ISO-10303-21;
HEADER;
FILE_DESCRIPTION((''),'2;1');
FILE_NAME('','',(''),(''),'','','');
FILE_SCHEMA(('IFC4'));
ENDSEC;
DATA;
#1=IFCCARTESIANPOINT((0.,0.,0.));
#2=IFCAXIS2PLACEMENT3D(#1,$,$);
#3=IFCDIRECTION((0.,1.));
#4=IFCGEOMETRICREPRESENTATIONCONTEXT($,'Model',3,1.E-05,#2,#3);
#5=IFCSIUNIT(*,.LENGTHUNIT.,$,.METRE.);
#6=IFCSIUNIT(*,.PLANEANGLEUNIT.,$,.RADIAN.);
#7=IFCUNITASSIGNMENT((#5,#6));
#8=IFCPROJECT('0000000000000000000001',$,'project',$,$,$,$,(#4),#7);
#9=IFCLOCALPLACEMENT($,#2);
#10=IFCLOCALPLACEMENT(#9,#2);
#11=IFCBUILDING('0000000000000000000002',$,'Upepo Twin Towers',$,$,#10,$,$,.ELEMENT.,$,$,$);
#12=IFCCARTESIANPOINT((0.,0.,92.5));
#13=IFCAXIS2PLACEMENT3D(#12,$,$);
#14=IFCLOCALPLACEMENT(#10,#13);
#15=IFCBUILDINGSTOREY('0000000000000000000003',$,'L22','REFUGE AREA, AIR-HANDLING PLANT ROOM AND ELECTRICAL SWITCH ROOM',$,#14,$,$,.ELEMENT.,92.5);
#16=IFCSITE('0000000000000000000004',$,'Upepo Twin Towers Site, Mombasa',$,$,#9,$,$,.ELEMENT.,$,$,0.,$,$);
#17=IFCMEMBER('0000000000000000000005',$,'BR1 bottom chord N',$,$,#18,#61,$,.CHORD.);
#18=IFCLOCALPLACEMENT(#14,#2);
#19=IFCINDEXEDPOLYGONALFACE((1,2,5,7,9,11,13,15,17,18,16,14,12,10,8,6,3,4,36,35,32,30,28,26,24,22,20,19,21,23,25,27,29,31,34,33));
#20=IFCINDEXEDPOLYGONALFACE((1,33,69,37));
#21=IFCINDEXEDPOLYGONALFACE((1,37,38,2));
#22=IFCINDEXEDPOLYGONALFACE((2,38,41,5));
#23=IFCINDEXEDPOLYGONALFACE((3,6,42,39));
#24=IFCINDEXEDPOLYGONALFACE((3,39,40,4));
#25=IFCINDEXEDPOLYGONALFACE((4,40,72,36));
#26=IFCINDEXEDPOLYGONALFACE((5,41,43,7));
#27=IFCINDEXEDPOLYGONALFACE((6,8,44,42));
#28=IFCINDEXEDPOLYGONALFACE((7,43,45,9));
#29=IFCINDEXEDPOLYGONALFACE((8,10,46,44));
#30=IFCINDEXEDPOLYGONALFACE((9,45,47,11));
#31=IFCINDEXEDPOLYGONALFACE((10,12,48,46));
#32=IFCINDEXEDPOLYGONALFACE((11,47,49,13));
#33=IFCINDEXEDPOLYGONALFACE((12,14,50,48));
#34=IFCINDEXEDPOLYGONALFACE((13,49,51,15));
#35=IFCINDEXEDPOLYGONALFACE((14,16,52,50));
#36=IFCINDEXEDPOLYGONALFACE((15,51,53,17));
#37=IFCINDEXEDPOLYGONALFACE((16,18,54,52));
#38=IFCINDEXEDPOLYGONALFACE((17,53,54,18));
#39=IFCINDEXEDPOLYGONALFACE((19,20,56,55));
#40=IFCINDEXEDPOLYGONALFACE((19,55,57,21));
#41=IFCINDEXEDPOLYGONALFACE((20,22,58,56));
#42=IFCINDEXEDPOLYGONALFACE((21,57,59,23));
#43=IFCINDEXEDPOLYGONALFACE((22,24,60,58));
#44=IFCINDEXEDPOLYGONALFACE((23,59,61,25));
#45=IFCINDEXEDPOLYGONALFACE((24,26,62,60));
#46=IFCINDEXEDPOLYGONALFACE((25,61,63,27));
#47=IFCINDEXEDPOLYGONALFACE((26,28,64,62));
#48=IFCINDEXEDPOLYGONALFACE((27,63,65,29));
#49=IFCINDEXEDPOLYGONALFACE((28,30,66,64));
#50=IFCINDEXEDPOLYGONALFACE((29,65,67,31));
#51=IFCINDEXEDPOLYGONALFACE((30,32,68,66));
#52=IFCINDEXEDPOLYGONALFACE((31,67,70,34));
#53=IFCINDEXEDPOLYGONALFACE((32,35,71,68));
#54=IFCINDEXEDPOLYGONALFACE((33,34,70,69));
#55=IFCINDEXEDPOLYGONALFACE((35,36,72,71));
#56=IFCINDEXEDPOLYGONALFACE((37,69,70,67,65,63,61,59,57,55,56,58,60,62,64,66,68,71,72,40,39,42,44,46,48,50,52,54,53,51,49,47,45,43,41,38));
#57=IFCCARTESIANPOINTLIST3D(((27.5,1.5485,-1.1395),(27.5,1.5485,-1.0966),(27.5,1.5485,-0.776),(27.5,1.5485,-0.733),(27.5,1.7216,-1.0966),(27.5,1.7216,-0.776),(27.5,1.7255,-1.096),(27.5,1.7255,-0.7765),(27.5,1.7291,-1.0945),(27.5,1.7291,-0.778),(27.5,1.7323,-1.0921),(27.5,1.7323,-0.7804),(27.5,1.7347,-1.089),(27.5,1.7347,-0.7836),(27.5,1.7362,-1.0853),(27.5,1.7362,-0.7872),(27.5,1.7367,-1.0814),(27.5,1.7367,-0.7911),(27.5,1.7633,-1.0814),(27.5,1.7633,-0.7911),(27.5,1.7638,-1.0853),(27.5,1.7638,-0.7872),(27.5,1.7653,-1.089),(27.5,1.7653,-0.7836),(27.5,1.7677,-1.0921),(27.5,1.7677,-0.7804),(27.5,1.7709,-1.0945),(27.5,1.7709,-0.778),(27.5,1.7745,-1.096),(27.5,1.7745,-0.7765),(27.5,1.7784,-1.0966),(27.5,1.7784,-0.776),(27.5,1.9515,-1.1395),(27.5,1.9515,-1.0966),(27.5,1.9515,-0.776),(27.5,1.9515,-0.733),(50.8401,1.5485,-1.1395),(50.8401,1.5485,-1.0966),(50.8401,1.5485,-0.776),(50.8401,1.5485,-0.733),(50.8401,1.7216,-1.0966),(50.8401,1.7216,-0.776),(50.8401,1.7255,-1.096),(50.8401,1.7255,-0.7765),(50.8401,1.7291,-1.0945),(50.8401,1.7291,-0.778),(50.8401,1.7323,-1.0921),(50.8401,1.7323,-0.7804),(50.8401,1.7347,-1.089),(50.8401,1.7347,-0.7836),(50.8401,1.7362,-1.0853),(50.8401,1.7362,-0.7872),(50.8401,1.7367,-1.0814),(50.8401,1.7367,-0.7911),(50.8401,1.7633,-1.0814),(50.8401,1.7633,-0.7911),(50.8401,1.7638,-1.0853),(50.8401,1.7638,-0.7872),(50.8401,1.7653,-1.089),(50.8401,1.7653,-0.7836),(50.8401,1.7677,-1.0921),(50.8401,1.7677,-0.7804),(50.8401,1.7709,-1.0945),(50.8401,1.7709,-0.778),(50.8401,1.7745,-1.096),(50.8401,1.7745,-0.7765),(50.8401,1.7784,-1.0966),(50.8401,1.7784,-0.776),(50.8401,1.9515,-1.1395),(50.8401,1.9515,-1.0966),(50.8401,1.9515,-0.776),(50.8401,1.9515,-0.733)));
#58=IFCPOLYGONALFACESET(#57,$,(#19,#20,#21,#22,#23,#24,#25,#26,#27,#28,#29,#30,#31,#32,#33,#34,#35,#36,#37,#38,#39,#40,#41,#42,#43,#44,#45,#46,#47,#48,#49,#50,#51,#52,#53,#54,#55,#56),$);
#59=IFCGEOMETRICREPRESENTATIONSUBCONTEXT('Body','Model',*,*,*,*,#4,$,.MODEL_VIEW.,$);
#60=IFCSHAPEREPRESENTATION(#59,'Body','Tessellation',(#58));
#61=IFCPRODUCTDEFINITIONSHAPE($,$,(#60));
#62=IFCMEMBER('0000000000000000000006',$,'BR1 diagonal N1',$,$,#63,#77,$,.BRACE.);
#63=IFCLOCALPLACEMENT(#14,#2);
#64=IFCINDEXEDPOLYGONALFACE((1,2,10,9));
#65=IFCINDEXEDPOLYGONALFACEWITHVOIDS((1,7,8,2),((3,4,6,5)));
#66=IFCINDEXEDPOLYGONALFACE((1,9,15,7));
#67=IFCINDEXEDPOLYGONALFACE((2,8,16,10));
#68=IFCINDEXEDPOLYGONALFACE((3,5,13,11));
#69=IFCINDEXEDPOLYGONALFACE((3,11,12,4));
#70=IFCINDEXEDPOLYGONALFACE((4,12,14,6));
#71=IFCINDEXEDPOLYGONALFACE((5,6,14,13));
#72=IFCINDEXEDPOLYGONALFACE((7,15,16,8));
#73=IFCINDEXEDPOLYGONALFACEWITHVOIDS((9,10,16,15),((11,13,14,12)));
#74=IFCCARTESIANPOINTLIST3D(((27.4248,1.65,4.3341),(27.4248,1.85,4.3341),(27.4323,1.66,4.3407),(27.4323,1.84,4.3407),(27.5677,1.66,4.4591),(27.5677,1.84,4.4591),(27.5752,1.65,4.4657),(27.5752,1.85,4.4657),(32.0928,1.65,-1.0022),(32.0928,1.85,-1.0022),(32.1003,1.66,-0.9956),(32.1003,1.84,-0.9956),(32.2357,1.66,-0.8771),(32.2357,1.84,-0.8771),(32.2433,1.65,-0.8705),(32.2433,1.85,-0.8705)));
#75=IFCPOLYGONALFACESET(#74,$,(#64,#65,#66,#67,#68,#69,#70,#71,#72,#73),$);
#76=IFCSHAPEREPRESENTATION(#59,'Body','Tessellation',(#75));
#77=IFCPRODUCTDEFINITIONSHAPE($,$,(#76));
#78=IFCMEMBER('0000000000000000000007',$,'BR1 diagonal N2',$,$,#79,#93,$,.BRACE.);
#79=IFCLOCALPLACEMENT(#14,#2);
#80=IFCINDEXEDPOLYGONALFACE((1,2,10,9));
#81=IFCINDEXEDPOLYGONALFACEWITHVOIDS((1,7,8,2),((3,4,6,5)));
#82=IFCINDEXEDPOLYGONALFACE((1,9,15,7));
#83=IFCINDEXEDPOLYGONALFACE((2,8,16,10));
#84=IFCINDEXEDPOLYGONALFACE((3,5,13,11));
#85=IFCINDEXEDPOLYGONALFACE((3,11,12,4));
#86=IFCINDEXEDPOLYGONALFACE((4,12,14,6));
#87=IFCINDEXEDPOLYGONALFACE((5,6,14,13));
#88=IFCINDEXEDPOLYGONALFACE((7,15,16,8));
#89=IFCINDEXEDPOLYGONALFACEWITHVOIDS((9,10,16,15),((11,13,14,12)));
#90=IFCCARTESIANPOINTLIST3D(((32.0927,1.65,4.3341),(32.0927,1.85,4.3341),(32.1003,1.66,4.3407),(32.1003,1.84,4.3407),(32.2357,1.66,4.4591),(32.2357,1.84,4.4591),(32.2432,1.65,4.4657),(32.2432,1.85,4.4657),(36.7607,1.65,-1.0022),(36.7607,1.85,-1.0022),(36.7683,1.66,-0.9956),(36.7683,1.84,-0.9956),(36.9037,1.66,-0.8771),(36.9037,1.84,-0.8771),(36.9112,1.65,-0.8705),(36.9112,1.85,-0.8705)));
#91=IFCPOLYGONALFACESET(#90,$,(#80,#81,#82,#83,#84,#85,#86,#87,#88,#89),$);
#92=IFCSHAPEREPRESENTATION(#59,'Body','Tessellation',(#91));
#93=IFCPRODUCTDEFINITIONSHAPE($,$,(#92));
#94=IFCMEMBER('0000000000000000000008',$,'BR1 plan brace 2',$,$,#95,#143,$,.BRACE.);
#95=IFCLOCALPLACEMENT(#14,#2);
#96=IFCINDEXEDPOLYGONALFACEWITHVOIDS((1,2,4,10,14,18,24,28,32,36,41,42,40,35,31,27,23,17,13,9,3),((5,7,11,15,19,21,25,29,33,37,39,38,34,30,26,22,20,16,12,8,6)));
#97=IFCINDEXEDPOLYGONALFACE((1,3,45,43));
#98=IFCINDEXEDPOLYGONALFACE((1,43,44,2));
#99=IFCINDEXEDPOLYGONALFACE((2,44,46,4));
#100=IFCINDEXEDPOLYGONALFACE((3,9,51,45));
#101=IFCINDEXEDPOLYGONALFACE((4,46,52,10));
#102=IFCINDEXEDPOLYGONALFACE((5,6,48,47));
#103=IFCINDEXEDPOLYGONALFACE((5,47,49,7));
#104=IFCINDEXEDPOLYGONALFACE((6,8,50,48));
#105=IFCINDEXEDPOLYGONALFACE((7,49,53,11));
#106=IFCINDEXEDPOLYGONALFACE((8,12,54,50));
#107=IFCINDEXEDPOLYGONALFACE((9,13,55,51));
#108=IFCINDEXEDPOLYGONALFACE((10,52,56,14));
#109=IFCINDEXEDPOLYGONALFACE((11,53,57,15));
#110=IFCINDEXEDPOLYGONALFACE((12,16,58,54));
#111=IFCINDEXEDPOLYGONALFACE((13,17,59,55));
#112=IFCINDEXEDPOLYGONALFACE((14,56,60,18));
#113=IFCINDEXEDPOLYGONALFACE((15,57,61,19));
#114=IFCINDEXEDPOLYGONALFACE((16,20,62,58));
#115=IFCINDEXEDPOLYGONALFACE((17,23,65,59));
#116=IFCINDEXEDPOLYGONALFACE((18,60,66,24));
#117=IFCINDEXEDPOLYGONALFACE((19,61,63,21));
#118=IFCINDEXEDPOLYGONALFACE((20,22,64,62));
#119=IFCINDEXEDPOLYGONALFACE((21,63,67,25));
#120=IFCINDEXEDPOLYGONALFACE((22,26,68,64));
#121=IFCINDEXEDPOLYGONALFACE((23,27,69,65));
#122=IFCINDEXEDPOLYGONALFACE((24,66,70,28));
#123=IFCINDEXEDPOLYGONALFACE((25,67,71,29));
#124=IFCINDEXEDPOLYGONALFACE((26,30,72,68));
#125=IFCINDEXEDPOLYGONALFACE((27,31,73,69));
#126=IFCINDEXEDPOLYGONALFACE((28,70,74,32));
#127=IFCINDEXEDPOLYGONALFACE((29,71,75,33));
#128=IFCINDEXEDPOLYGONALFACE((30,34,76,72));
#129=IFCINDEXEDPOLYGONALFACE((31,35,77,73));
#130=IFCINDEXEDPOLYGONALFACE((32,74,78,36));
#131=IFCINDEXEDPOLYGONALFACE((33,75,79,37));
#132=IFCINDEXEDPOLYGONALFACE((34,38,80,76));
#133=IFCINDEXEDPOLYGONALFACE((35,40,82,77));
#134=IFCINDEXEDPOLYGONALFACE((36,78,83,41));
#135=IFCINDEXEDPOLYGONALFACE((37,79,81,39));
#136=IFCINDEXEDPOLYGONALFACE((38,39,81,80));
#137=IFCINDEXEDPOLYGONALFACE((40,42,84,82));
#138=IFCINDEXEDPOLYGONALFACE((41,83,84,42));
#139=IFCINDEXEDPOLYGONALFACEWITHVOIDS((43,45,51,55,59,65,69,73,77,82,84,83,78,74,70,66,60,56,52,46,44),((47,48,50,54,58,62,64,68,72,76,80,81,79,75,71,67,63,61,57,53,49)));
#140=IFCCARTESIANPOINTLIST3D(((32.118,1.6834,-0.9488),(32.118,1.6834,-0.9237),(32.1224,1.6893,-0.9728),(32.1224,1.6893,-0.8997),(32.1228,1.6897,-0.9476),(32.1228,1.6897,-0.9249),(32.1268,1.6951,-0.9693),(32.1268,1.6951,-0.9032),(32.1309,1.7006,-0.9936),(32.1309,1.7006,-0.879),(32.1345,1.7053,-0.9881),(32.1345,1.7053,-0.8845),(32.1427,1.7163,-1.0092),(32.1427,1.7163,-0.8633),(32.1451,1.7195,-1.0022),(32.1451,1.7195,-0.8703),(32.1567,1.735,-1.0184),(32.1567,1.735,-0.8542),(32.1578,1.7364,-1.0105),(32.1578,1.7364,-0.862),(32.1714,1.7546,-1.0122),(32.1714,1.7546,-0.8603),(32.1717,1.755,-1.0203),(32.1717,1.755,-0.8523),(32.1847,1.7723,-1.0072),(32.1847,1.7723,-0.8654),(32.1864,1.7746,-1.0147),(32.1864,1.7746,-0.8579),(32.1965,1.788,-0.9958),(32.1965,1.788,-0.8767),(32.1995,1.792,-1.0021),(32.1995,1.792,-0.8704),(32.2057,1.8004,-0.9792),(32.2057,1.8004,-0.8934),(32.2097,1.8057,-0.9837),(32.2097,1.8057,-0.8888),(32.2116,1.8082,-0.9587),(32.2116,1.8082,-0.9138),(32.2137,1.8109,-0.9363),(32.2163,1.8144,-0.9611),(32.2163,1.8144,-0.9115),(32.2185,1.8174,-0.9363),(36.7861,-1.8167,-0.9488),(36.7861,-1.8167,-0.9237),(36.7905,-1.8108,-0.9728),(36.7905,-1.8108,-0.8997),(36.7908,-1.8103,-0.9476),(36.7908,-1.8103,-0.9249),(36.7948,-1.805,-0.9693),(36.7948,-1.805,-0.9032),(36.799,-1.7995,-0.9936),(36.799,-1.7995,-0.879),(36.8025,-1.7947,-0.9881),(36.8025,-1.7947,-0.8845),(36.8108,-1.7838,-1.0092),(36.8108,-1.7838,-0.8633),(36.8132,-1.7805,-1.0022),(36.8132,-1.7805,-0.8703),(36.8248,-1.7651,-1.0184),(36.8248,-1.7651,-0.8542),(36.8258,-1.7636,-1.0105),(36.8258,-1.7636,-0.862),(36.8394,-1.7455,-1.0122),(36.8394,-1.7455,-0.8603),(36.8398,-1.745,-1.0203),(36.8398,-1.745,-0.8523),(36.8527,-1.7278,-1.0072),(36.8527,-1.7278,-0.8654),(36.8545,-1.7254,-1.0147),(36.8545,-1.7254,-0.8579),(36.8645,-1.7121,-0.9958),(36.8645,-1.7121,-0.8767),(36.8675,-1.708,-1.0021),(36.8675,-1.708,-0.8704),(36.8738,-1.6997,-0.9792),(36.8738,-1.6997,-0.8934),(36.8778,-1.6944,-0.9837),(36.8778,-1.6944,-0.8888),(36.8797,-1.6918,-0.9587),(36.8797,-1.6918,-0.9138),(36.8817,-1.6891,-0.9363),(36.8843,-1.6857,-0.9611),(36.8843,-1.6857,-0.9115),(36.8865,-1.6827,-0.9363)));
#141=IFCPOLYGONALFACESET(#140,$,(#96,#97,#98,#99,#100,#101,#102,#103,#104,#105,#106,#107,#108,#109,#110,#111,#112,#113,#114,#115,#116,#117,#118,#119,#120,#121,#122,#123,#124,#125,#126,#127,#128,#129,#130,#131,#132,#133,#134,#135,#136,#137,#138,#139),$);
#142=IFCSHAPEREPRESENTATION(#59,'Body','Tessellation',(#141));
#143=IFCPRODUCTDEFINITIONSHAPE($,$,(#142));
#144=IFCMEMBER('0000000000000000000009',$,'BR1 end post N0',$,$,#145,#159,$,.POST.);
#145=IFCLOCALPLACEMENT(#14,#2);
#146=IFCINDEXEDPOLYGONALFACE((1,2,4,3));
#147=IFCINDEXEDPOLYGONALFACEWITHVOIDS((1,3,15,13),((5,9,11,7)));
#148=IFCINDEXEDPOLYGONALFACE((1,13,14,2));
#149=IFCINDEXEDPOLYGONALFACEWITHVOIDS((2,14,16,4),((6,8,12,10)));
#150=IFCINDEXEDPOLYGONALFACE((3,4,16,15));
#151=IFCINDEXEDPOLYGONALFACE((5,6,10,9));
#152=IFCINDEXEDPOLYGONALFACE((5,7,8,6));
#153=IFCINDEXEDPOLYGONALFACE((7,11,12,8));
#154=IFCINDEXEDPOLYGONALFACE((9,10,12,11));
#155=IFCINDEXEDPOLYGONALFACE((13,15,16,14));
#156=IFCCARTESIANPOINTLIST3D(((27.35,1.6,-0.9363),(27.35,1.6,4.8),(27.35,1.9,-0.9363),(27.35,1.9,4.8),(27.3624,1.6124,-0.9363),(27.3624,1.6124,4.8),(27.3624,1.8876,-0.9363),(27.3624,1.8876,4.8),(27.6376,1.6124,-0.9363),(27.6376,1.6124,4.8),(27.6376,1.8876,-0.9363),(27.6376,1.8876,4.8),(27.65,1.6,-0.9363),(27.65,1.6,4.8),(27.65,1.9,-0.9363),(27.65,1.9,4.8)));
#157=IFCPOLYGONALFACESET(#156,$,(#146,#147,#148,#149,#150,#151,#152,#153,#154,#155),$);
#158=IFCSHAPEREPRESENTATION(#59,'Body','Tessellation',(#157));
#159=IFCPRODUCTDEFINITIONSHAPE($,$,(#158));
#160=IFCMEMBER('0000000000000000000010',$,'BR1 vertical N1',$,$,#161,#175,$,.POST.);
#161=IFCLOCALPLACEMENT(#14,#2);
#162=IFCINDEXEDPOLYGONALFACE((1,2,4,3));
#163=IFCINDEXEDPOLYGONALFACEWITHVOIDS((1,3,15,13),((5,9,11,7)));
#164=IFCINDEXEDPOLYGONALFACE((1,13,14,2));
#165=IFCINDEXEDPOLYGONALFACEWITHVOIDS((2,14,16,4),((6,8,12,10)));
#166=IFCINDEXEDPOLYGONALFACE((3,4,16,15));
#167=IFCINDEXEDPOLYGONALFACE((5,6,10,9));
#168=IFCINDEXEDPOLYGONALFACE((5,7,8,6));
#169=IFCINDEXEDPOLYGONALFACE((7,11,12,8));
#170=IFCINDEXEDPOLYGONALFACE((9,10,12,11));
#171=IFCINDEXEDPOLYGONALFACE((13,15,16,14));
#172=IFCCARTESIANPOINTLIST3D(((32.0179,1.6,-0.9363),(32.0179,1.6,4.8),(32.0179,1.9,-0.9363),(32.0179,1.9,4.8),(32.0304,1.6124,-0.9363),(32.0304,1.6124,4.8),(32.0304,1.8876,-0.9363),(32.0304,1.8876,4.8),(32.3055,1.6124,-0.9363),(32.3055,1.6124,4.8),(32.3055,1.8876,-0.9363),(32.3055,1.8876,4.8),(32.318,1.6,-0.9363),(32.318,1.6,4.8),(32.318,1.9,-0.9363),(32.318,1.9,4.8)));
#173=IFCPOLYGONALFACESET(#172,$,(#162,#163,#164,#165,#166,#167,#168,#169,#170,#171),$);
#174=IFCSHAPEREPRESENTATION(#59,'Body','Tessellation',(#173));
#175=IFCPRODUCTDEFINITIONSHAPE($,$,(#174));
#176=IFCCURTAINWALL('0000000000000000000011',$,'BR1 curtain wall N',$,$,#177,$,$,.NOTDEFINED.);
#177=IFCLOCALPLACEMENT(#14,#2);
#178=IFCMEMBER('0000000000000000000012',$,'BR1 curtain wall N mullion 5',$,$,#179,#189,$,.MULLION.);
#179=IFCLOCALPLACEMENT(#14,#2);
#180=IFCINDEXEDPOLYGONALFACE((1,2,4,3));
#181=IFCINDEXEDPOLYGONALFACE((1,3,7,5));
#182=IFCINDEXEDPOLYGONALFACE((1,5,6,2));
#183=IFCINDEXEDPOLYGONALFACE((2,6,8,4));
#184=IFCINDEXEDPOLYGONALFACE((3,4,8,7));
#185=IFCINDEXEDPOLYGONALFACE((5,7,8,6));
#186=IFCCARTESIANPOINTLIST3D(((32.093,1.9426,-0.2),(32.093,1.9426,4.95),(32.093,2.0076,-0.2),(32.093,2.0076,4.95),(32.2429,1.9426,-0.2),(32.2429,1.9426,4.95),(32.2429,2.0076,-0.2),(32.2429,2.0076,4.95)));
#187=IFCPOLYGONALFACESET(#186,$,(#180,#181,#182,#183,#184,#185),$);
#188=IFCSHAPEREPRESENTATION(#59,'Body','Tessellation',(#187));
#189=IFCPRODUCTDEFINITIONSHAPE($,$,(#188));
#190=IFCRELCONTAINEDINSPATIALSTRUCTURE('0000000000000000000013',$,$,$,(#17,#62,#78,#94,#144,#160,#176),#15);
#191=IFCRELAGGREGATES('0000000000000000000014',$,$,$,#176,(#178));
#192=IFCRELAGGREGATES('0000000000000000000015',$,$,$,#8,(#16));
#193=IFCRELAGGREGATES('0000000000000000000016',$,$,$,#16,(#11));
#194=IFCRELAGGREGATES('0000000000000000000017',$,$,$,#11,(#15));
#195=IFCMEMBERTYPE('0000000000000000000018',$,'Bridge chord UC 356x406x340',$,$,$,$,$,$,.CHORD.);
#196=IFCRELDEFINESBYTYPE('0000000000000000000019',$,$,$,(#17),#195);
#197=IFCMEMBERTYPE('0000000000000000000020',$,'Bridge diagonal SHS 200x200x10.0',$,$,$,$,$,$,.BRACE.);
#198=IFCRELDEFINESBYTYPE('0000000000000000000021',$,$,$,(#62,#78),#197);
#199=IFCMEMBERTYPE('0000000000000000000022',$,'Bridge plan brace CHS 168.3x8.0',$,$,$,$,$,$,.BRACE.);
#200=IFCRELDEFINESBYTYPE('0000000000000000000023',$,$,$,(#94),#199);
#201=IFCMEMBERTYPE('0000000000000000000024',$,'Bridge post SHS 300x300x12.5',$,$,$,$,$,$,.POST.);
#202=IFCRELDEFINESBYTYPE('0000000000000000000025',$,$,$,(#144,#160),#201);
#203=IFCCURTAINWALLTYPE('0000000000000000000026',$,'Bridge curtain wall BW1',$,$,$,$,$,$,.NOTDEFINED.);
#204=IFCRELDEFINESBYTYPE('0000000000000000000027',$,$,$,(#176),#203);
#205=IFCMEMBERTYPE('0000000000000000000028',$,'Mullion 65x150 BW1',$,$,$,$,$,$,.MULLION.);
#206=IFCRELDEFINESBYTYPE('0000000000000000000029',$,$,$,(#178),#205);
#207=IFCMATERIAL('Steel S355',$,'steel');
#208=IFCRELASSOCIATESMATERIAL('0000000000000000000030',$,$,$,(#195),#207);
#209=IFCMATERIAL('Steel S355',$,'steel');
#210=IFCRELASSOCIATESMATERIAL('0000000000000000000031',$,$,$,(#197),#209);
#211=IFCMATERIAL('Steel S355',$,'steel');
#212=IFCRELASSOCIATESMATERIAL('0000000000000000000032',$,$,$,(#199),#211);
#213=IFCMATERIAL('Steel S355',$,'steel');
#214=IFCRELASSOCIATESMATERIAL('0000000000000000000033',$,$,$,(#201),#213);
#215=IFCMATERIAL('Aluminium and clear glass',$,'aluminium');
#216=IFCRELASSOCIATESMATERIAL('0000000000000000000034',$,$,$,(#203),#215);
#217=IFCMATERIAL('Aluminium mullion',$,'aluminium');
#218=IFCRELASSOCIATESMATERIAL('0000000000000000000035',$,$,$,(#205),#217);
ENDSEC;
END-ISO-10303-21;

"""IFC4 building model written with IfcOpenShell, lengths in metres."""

from ifc_helpers import new_model, si_unit, direction, frame, origin, origin_2d, place, context, subcontext, project, spatial, rectangle, hollow_rectangle, hollow_circle, i_section, extrude, material, material_profile, profile_set, type_object, element, aggregate, save


model = new_model("IFC4")

# Units and contexts
model_context = context("Model", 3, precision=1e-05, world=origin(), true_north=direction((0.0, 1.0)))
body_context = subcontext(model_context, "Body", "Model", "MODEL_VIEW")
ifc_project = project(units=[si_unit("LENGTHUNIT", "METRE"), si_unit("PLANEANGLEUNIT", "RADIAN")], contexts=[model_context])

# Site, building, storey
site_placement = place(None, origin())
site = spatial("IfcSite", under=ifc_project, at=site_placement, Name="Upepo Twin Towers Site, Mombasa", CompositionType="ELEMENT", RefElevation=0.0)
building_placement = place(site_placement, origin())
building = spatial("IfcBuilding", under=site, at=building_placement, Name="Upepo Twin Towers", CompositionType="ELEMENT")
storey_placement = place(building_placement, frame((0.0, 0.0, 92.5)))
storey = spatial("IfcBuildingStorey", under=building, at=storey_placement, Name="L22", Description="REFUGE AREA, AIR-HANDLING PLANT ROOM AND ELECTRICAL SWITCH ROOM", CompositionType="ELEMENT", Elevation=92.5)

# Members
ifc_material_1 = material(Name="Steel S355", Category="steel")
ifc_material_profile_1 = material_profile(ifc_material_1, i_section(OverallWidth=0.4031, OverallDepth=0.4065, WebThickness=0.0266, FlangeThickness=0.043, FilletRadius=0.0151, at=origin_2d()), Name="UC 356x406x340")
ifc_profile_set_1 = profile_set([ifc_material_profile_1], Name="Steel S355")
member_type_1 = type_object("IfcMemberType", Name="Bridge chord UC 356x406x340", PredefinedType="CHORD", material=ifc_profile_set_1)
member_1_placement = place(storey_placement, frame((27.5, 1.75, -0.9363), z_axis=(1.0, 0.0, 0.0), x_axis=(0.0, 1.0, 0.0)))
element("IfcMember", 1, at=member_1_placement, inside=storey, type_object=member_type_1, Name="BR1 bottom chord N", PredefinedType="CHORD", context=body_context, shape_type="SweptSolid", body=[
    extrude(i_section(OverallWidth=0.4031, OverallDepth=0.4065, WebThickness=0.0266, FlangeThickness=0.043, FilletRadius=0.0151, at=origin_2d()), origin(), (0.0, 0.0, 1.0), 23.3401),
])
ifc_material_2 = material(Name="Steel S355", Category="steel")
ifc_material_profile_2 = material_profile(ifc_material_2, hollow_rectangle(XDim=0.2, YDim=0.2, WallThickness=0.01, at=origin_2d()), Name="SHS 200x200x10.0")
ifc_profile_set_2 = profile_set([ifc_material_profile_2], Name="Steel S355")
member_type_2 = type_object("IfcMemberType", Name="Bridge diagonal SHS 200x200x10.0", PredefinedType="BRACE", material=ifc_profile_set_2)
for number, where, z_axis, x_axis, name in (
    (2, (27.5, 1.75, 4.3999), (0.65841, 0.0, -0.75266), (0.0, 1.0, 0.0), "BR1 diagonal N1"),
    (3, (32.168, 1.75, 4.3999), (0.65841, 0.0, -0.75266), (0.0, 1.0, 0.0), "BR1 diagonal N2"),
):
    element("IfcMember", number, at=place(storey_placement, frame(where, z_axis=z_axis, x_axis=x_axis)), inside=storey, type_object=member_type_2, Name=name, PredefinedType="BRACE", context=body_context, shape_type="SweptSolid", body=[
        extrude(hollow_rectangle(XDim=0.2, YDim=0.2, WallThickness=0.01, at=origin_2d()), origin(), (0.0, 0.0, 1.0), 7.0898),
    ])
ifc_material_3 = material(Name="Steel S355", Category="steel")
ifc_material_profile_3 = material_profile(ifc_material_3, hollow_circle(Radius=0.0842, WallThickness=0.0081, at=origin_2d()), Name="CHS 168.3x8.0")
ifc_profile_set_3 = profile_set([ifc_material_profile_3], Name="Steel S355")
member_type_3 = type_object("IfcMemberType", Name="Bridge plan brace CHS 168.3x8.0", PredefinedType="BRACE", material=ifc_profile_set_3)
member_2_placement = place(storey_placement, frame((32.168, 1.75, -0.9363), z_axis=(0.80008, -0.599893, 0.0), x_axis=(0.599893, 0.80008, 0.0)))
element("IfcMember", 4, at=member_2_placement, inside=storey, type_object=member_type_3, Name="BR1 plan brace 2", PredefinedType="BRACE", context=body_context, shape_type="SweptSolid", body=[
    extrude(hollow_circle(Radius=0.0842, WallThickness=0.0081, at=origin_2d()), origin(), (0.0, 0.0, 1.0), 5.8345),
])
ifc_material_4 = material(Name="Steel S355", Category="steel")
ifc_material_profile_4 = material_profile(ifc_material_4, hollow_rectangle(XDim=0.3, YDim=0.3, WallThickness=0.0125, at=origin_2d()), Name="SHS 300x300x12.5")
ifc_profile_set_4 = profile_set([ifc_material_profile_4], Name="Steel S355")
member_type_4 = type_object("IfcMemberType", Name="Bridge post SHS 300x300x12.5", PredefinedType="POST", material=ifc_profile_set_4)
for number, where, z_axis, x_axis, name in (
    (5, (27.5, 1.75, -0.9363), (0.0, 0.0, 1.0), (1.0, 0.0, 0.0), "BR1 end post N0"),
    (6, (32.168, 1.75, -0.9363), (0.0, 0.0, 1.0), (1.0, 0.0, 0.0), "BR1 vertical N1"),
):
    element("IfcMember", number, at=place(storey_placement, frame(where, z_axis=z_axis, x_axis=x_axis)), inside=storey, type_object=member_type_4, Name=name, PredefinedType="POST", context=body_context, shape_type="SweptSolid", body=[
        extrude(hollow_rectangle(XDim=0.3, YDim=0.3, WallThickness=0.0125, at=origin_2d()), origin(), (0.0, 0.0, 1.0), 5.7363),
    ])

# Curtain wall, member
ifc_material_5 = material(Name="Aluminium and clear glass", Category="aluminium")
curtain_wall_type = type_object("IfcCurtainWallType", Name="Bridge curtain wall BW1", PredefinedType="NOTDEFINED", material=ifc_material_5)
curtain_wall_placement = place(storey_placement, origin())
curtain_wall = element("IfcCurtainWall", 7, at=curtain_wall_placement, inside=storey, type_object=curtain_wall_type, Name="BR1 curtain wall N", PredefinedType="NOTDEFINED")
ifc_material_6 = material(Name="Aluminium mullion", Category="aluminium")
ifc_material_profile_5 = material_profile(ifc_material_6, rectangle(XDim=0.0649, YDim=0.1499, at=origin_2d()), Name="MULLION 65x150 BRIDGE")
ifc_profile_set_5 = profile_set([ifc_material_profile_5], Name="Aluminium mullion")
member_type_5 = type_object("IfcMemberType", Name="Mullion 65x150 BW1", PredefinedType="MULLION", material=ifc_profile_set_5)
member_3_placement = place(storey_placement, frame((32.168, 1.9751, -0.2), z_axis=(0.0, 0.0, 1.0), x_axis=(0.0, -1.0, 0.0)))
member_3 = element("IfcMember", 8, at=member_3_placement, type_object=member_type_5, Name="BR1 curtain wall N mullion 5", PredefinedType="MULLION", context=body_context, shape_type="SweptSolid", body=[
    extrude(rectangle(XDim=0.0649, YDim=0.1499, at=origin_2d()), origin(), (0.0, 0.0, 1.0), 5.1499),
])
aggregate(curtain_wall, [member_3])

save(model, "model.ifc")
